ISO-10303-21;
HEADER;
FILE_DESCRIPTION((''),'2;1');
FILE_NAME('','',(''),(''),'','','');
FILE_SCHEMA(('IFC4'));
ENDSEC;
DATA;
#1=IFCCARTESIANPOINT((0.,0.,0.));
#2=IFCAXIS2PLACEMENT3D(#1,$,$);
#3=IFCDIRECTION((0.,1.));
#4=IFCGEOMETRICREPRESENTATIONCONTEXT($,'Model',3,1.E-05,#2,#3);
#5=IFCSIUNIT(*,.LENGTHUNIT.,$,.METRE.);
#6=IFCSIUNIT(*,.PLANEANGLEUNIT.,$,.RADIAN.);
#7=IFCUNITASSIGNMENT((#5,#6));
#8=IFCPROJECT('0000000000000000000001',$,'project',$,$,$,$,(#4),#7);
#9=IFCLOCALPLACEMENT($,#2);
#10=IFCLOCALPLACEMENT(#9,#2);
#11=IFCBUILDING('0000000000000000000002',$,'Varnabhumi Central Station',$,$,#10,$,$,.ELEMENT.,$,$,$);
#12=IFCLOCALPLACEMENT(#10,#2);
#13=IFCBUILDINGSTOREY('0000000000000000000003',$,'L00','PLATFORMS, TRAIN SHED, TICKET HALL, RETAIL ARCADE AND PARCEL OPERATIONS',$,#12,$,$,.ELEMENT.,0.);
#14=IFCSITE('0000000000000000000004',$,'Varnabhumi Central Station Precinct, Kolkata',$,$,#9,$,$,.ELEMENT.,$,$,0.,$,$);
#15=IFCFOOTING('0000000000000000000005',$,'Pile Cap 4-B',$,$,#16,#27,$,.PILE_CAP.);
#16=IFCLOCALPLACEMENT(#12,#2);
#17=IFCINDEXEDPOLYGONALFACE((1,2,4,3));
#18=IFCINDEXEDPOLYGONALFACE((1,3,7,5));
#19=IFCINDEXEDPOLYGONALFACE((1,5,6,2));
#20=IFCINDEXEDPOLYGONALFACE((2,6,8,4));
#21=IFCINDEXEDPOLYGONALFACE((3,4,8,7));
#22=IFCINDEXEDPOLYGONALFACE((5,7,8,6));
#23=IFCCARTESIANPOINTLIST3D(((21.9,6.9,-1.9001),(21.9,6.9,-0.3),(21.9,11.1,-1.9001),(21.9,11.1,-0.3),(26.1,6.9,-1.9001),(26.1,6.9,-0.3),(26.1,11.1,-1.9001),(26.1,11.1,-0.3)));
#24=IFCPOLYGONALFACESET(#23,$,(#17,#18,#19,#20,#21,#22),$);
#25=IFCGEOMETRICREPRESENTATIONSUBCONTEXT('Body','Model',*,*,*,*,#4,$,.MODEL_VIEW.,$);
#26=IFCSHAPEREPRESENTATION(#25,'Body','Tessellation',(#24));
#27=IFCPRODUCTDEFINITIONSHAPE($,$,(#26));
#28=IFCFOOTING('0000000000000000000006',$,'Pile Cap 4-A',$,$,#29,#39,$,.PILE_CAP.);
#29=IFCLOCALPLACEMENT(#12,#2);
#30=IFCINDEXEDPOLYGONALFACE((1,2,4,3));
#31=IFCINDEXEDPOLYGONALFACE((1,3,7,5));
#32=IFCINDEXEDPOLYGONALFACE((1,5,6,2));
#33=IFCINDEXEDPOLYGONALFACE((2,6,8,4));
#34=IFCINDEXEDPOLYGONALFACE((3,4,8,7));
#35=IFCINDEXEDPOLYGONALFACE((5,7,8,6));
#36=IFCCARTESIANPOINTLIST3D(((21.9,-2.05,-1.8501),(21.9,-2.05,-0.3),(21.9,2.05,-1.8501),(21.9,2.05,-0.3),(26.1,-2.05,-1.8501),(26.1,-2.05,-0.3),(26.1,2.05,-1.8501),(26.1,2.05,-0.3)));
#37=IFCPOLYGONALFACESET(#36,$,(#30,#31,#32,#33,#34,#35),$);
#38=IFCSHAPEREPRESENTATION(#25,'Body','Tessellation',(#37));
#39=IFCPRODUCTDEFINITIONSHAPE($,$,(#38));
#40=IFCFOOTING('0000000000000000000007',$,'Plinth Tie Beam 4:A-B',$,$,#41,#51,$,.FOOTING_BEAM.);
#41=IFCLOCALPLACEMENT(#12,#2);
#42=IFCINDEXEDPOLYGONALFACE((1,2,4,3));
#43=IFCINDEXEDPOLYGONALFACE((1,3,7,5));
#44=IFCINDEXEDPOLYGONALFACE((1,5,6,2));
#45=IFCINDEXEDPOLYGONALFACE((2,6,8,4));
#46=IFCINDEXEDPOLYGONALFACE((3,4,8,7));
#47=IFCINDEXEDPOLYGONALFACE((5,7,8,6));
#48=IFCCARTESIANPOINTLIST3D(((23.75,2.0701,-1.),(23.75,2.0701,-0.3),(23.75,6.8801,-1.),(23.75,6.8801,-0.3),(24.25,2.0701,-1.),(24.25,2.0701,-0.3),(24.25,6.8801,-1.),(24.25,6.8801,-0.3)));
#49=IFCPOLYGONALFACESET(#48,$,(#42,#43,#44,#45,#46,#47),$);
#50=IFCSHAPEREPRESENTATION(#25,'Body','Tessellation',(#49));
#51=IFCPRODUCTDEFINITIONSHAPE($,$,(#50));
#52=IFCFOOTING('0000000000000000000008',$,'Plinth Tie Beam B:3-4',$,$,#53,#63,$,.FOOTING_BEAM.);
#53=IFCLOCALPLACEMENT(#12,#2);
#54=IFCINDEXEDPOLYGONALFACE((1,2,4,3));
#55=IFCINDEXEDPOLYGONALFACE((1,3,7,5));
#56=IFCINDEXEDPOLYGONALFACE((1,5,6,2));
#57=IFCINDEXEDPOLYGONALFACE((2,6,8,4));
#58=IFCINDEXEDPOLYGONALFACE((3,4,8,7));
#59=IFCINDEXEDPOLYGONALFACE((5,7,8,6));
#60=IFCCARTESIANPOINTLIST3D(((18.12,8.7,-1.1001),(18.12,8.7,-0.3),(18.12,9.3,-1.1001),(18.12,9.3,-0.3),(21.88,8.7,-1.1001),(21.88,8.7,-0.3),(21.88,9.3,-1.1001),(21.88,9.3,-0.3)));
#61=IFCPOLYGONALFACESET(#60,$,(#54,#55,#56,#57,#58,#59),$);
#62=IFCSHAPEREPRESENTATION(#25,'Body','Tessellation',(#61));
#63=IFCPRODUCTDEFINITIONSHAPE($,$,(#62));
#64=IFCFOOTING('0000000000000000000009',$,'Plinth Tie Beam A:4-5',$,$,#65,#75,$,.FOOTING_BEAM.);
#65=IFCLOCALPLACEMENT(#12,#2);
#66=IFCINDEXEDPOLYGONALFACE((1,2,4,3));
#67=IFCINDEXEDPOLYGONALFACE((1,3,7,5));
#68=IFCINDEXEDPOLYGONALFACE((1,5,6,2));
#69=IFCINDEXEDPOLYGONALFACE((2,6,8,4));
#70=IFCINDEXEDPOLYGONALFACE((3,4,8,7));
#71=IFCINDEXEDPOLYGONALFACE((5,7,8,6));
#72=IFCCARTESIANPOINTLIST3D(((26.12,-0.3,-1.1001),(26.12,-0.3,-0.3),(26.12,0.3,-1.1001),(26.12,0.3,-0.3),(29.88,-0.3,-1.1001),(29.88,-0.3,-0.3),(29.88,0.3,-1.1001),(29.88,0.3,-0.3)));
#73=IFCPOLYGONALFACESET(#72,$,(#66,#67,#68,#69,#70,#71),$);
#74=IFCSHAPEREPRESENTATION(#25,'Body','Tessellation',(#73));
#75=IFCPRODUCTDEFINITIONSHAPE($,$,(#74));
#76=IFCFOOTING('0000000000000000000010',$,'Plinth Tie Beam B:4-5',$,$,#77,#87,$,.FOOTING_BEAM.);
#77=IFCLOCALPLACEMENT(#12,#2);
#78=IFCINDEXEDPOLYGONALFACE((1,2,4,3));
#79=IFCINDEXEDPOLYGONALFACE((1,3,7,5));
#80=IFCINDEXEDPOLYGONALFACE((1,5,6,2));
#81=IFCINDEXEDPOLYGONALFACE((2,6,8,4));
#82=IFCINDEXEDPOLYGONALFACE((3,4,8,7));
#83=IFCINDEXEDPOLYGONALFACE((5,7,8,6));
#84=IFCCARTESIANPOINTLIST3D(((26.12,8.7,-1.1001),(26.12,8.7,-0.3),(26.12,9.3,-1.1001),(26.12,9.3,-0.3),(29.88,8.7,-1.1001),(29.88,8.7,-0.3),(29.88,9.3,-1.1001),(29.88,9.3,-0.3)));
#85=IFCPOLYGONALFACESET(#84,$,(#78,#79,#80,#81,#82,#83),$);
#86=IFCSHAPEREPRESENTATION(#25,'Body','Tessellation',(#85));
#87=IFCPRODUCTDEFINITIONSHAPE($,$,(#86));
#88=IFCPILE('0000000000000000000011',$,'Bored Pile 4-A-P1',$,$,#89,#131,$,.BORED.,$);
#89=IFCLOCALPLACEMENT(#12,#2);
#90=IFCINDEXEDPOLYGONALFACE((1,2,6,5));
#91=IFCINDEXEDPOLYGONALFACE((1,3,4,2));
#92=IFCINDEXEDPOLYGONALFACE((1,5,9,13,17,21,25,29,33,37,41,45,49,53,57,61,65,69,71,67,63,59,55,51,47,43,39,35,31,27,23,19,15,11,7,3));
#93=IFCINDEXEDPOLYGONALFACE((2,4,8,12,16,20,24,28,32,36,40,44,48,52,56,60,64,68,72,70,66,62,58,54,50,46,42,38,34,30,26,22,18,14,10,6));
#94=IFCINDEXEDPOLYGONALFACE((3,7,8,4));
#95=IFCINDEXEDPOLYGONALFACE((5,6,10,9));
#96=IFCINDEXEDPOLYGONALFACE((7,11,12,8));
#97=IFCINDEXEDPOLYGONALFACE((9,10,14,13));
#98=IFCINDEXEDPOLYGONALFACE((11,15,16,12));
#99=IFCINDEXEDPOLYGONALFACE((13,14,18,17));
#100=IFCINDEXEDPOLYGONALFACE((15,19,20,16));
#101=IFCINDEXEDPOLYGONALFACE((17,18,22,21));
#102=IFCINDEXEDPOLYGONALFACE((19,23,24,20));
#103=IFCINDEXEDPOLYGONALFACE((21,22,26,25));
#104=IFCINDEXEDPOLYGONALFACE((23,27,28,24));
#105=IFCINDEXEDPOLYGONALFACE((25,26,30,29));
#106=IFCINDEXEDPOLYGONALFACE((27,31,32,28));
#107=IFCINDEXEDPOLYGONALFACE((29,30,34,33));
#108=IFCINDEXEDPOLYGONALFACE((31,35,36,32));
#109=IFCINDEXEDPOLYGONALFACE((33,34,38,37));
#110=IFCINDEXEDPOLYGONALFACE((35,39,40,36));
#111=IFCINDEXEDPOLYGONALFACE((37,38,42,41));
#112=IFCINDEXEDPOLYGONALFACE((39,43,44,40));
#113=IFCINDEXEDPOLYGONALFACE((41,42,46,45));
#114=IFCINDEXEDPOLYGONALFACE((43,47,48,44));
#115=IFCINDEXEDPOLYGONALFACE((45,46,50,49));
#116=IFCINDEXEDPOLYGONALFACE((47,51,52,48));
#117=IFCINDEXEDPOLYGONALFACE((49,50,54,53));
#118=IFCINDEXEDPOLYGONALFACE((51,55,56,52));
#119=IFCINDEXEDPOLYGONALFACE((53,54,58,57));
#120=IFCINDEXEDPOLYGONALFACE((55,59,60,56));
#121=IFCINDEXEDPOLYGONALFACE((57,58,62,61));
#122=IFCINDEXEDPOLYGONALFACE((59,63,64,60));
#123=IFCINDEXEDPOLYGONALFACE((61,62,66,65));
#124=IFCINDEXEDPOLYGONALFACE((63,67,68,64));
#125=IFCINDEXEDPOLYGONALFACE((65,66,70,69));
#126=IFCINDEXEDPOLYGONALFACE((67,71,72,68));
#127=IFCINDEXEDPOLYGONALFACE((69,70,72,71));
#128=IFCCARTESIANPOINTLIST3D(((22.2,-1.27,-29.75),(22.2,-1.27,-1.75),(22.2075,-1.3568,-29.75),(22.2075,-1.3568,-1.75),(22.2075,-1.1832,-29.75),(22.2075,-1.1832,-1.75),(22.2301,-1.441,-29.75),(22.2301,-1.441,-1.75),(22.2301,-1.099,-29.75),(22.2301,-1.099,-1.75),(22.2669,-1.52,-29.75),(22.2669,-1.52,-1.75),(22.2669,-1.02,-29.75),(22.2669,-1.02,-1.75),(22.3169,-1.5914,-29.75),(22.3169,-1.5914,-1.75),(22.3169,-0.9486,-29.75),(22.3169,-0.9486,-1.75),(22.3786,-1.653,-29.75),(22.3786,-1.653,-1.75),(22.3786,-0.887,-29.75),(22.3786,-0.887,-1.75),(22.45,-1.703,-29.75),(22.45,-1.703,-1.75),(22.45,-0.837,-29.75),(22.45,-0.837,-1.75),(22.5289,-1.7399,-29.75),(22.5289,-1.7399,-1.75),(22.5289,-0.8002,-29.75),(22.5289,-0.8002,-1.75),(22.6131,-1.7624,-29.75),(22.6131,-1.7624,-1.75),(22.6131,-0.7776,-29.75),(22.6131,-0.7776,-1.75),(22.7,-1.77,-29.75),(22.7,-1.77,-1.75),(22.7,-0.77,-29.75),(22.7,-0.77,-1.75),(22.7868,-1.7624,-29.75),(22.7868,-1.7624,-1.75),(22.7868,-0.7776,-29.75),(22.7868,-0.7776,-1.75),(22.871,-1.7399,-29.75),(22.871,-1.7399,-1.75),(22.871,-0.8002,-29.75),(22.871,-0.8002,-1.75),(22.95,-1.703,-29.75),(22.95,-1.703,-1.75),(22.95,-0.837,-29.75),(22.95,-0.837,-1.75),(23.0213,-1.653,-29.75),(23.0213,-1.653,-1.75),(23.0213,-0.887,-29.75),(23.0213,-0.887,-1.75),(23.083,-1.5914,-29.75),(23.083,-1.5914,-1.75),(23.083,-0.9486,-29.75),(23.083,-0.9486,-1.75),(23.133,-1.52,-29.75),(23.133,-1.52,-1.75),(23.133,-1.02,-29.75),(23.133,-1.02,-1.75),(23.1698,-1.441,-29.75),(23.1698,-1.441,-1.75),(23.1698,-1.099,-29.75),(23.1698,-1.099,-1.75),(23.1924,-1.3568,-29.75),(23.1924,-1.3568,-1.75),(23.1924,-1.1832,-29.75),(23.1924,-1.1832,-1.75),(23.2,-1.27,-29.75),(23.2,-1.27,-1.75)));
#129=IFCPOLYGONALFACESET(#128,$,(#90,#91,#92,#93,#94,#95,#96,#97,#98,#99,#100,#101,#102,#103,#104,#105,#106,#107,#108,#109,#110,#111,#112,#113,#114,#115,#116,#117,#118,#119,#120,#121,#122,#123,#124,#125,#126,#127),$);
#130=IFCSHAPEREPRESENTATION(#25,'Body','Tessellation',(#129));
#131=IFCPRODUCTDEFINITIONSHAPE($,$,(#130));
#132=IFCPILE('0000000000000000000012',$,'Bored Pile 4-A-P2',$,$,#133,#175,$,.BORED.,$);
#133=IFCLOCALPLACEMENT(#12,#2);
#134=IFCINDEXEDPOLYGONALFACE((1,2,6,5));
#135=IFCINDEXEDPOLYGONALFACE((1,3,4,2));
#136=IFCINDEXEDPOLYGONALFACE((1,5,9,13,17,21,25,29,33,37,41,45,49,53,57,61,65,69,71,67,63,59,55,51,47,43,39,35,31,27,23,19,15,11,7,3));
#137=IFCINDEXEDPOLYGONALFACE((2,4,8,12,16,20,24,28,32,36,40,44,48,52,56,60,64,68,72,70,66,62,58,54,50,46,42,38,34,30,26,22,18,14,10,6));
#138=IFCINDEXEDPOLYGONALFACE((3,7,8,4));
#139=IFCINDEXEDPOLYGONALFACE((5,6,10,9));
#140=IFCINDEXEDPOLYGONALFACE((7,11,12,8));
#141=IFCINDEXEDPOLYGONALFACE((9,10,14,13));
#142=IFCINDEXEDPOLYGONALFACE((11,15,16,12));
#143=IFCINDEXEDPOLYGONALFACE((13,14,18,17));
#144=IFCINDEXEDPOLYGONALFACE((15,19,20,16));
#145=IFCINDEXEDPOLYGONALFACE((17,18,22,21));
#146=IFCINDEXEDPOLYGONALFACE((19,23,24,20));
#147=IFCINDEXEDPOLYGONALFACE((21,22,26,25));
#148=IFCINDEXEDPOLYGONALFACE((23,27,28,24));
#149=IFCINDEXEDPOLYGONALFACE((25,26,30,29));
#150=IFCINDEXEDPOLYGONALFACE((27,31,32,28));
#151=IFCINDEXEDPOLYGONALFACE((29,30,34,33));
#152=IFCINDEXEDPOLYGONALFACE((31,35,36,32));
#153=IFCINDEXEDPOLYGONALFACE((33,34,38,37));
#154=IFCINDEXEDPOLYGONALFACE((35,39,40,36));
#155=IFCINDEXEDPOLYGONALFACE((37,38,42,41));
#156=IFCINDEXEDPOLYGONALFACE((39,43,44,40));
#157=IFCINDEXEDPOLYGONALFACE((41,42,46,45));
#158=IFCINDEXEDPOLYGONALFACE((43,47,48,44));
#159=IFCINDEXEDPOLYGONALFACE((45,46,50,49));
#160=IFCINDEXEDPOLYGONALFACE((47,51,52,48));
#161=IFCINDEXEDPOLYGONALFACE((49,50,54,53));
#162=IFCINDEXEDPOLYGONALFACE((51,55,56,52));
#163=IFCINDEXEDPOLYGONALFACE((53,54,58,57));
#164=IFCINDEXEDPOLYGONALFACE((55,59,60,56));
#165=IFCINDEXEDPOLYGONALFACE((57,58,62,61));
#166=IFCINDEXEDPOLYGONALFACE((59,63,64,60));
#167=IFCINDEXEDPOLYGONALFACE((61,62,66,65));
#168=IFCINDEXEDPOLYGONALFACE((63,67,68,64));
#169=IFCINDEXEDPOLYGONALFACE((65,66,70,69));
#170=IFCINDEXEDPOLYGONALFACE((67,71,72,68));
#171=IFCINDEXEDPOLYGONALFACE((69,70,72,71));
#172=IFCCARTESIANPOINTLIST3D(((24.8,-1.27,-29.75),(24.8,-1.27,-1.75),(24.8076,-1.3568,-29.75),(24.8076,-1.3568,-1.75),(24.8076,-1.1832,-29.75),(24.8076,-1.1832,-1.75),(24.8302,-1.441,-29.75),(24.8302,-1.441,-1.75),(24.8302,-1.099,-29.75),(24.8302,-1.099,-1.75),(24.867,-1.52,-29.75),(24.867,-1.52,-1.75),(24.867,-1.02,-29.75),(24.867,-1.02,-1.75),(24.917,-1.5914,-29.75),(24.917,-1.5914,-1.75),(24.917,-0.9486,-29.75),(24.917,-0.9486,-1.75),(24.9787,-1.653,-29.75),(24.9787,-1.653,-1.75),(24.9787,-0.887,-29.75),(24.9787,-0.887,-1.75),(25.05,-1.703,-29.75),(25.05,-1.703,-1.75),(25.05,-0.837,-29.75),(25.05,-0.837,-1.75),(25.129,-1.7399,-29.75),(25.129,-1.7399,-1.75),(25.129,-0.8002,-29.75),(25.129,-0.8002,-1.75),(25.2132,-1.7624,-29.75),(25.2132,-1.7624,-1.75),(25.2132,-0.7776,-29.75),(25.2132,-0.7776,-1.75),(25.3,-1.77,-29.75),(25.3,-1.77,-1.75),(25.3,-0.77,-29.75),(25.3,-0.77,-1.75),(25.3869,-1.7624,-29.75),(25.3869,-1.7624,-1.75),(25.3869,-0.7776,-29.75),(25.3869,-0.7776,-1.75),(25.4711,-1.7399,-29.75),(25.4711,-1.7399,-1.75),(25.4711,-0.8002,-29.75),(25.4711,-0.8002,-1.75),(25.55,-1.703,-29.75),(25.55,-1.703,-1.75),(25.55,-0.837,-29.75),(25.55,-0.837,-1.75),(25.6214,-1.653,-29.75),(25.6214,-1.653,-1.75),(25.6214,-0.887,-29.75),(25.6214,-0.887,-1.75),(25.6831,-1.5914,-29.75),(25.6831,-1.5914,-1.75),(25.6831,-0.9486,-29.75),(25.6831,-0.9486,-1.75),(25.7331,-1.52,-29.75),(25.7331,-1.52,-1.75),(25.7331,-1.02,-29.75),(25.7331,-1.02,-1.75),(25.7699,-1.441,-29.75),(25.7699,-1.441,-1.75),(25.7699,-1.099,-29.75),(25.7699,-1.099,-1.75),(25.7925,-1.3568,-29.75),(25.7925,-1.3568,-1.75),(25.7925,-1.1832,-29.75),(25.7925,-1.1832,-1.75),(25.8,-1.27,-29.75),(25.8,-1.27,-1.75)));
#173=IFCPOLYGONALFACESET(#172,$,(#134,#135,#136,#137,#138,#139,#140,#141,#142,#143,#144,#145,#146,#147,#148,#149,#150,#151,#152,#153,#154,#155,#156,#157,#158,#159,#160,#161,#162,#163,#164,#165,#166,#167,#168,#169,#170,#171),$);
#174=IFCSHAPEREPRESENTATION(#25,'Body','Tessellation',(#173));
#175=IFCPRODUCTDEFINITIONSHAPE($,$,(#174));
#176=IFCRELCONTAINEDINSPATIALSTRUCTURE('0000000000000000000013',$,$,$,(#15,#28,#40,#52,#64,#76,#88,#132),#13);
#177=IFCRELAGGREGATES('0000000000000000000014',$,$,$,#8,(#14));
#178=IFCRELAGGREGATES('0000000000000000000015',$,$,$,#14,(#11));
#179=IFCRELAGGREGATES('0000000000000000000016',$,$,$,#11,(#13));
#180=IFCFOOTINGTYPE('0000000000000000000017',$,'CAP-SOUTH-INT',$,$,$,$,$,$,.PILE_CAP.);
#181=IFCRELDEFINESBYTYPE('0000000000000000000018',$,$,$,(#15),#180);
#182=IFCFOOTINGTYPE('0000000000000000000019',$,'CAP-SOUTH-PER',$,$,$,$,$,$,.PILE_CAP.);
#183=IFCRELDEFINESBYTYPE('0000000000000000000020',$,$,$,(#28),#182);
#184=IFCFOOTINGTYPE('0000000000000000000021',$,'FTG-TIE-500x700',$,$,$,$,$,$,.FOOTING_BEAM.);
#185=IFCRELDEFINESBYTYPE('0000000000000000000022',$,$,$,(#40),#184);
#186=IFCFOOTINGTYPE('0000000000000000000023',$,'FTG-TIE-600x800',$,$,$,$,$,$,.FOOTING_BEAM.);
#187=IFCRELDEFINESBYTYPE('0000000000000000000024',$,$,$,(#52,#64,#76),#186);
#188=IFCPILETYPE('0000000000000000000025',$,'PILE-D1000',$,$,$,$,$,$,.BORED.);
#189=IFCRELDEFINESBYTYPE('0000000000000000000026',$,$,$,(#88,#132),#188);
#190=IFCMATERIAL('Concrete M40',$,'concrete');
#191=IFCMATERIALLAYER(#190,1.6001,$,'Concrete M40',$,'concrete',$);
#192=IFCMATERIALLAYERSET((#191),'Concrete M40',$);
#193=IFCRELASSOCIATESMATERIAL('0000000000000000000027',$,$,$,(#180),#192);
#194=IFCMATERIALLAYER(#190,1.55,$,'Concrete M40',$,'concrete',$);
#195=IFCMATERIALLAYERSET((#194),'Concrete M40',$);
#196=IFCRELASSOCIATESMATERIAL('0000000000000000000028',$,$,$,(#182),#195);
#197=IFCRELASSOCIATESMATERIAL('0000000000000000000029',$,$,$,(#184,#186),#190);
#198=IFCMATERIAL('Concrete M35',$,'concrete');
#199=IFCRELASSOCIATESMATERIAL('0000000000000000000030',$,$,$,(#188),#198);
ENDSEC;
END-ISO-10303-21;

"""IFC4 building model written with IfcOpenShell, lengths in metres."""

from ifc_helpers import new_model, si_unit, direction, frame, origin, origin_2d, place, context, subcontext, project, spatial, rectangle, circle, extrude, material, layer, layer_set, material_profile, profile_set, type_object, element, save


model = new_model("IFC4")

# Units and contexts
model_context = context("Model", 3, precision=1e-05, world=origin(), true_north=direction((0.0, 1.0)))
body_context = subcontext(model_context, "Body", "Model", "MODEL_VIEW")
ifc_project = project(units=[si_unit("LENGTHUNIT", "METRE"), si_unit("PLANEANGLEUNIT", "RADIAN")], contexts=[model_context])

# Site, building, storey
site_placement = place(None, origin())
site = spatial("IfcSite", under=ifc_project, at=site_placement, Name="Varnabhumi Central Station Precinct, Kolkata", CompositionType="ELEMENT", RefElevation=0.0)
building_placement = place(site_placement, origin())
building = spatial("IfcBuilding", under=site, at=building_placement, Name="Varnabhumi Central Station", CompositionType="ELEMENT")
storey_placement = place(building_placement, origin())
storey = spatial("IfcBuildingStorey", under=building, at=storey_placement, Name="L00", Description="PLATFORMS, TRAIN SHED, TICKET HALL, RETAIL ARCADE AND PARCEL OPERATIONS", CompositionType="ELEMENT", Elevation=0.0)

# Footings
ifc_material_1 = material(Name="Concrete M40", Category="concrete")
ifc_layer_1 = layer(ifc_material_1, 1.6001, Name="Concrete M40", Category="concrete")
ifc_layer_set_1 = layer_set([ifc_layer_1], Name="Concrete M40")
footing_type_1 = type_object("IfcFootingType", Name="CAP-SOUTH-INT", PredefinedType="PILE_CAP", material=ifc_layer_set_1)
footing_1_placement = place(storey_placement, frame((24.0, 9.0, -1.9001), z_axis=(0.0, 0.0, 1.0), x_axis=(1.0, 0.0, 0.0)))
element("IfcFooting", 1, at=footing_1_placement, inside=storey, type_object=footing_type_1, Name="Pile Cap 4-B", PredefinedType="PILE_CAP", context=body_context, shape_type="SweptSolid", body=[
    extrude(rectangle(XDim=4.2, YDim=4.2, at=origin_2d()), origin(), (0.0, 0.0, 1.0), 1.6001),
])
ifc_layer_2 = layer(ifc_material_1, 1.55, Name="Concrete M40", Category="concrete")
ifc_layer_set_2 = layer_set([ifc_layer_2], Name="Concrete M40")
footing_type_2 = type_object("IfcFootingType", Name="CAP-SOUTH-PER", PredefinedType="PILE_CAP", material=ifc_layer_set_2)
footing_2_placement = place(storey_placement, frame((24.0, 0.0, -1.8501), z_axis=(0.0, 0.0, 1.0), x_axis=(1.0, 0.0, 0.0)))
element("IfcFooting", 2, at=footing_2_placement, inside=storey, type_object=footing_type_2, Name="Pile Cap 4-A", PredefinedType="PILE_CAP", context=body_context, shape_type="SweptSolid", body=[
    extrude(rectangle(XDim=4.2, YDim=4.1001, at=origin_2d()), origin(), (0.0, 0.0, 1.0), 1.55),
])
footing_type_3 = type_object("IfcFootingType", Name="FTG-TIE-500x700", PredefinedType="FOOTING_BEAM", material=ifc_material_1)
footing_3_placement = place(storey_placement, frame((24.0, 4.4751, -1.0), z_axis=(0.0, 0.0, 1.0), x_axis=(1.0, 0.0, 0.0)))
element("IfcFooting", 3, at=footing_3_placement, inside=storey, type_object=footing_type_3, Name="Plinth Tie Beam 4:A-B", PredefinedType="FOOTING_BEAM", context=body_context, shape_type="SweptSolid", body=[
    extrude(rectangle(XDim=0.5, YDim=4.8101, at=origin_2d()), origin(), (0.0, 0.0, 1.0), 0.7),
])
footing_type_4 = type_object("IfcFootingType", Name="FTG-TIE-600x800", PredefinedType="FOOTING_BEAM", material=ifc_material_1)
for number, where, z_axis, x_axis, name in (
    (4, (20.0, 9.0, -1.1001), (0.0, 0.0, 1.0), (1.0, 0.0, 0.0), "Plinth Tie Beam B:3-4"),
    (5, (28.0, 0.0, -1.1001), (0.0, 0.0, 1.0), (1.0, 0.0, 0.0), "Plinth Tie Beam A:4-5"),
    (6, (28.0, 9.0, -1.1001), (0.0, 0.0, 1.0), (1.0, 0.0, 0.0), "Plinth Tie Beam B:4-5"),
):
    element("IfcFooting", number, at=place(storey_placement, frame(where, z_axis=z_axis, x_axis=x_axis)), inside=storey, type_object=footing_type_4, Name=name, PredefinedType="FOOTING_BEAM", context=body_context, shape_type="SweptSolid", body=[
        extrude(rectangle(XDim=3.76, YDim=0.6001, at=origin_2d()), origin(), (0.0, 0.0, 1.0), 0.8),
    ])

# Piles
ifc_material_2 = material(Name="Concrete M35", Category="concrete")
ifc_material_profile_1 = material_profile(ifc_material_2, circle(Radius=0.5, at=origin_2d()), Name="Concrete M35", Category="concrete")
ifc_profile_set_1 = profile_set([ifc_material_profile_1], Name="Concrete M35")
pile_type = type_object("IfcPileType", Name="PILE-D1000", PredefinedType="BORED", material=ifc_profile_set_1)
for number, where, z_axis, x_axis, name in (
    (7, (22.7, -1.27, -1.75), (0.0, 0.0, -1.0), (1.0, 0.0, 0.0), "Bored Pile 4-A-P1"),
    (8, (25.3, -1.27, -1.75), (0.0, 0.0, -1.0), (1.0, 0.0, 0.0), "Bored Pile 4-A-P2"),
):
    element("IfcPile", number, at=place(storey_placement, frame(where, z_axis=z_axis, x_axis=x_axis)), inside=storey, type_object=pile_type, Name=name, PredefinedType="BORED", context=body_context, shape_type="SweptSolid", body=[
        extrude(circle(Radius=0.5, at=origin_2d()), origin(), (0.0, 0.0, 1.0), 28.0),
    ])

save(model, "model.ifc")
